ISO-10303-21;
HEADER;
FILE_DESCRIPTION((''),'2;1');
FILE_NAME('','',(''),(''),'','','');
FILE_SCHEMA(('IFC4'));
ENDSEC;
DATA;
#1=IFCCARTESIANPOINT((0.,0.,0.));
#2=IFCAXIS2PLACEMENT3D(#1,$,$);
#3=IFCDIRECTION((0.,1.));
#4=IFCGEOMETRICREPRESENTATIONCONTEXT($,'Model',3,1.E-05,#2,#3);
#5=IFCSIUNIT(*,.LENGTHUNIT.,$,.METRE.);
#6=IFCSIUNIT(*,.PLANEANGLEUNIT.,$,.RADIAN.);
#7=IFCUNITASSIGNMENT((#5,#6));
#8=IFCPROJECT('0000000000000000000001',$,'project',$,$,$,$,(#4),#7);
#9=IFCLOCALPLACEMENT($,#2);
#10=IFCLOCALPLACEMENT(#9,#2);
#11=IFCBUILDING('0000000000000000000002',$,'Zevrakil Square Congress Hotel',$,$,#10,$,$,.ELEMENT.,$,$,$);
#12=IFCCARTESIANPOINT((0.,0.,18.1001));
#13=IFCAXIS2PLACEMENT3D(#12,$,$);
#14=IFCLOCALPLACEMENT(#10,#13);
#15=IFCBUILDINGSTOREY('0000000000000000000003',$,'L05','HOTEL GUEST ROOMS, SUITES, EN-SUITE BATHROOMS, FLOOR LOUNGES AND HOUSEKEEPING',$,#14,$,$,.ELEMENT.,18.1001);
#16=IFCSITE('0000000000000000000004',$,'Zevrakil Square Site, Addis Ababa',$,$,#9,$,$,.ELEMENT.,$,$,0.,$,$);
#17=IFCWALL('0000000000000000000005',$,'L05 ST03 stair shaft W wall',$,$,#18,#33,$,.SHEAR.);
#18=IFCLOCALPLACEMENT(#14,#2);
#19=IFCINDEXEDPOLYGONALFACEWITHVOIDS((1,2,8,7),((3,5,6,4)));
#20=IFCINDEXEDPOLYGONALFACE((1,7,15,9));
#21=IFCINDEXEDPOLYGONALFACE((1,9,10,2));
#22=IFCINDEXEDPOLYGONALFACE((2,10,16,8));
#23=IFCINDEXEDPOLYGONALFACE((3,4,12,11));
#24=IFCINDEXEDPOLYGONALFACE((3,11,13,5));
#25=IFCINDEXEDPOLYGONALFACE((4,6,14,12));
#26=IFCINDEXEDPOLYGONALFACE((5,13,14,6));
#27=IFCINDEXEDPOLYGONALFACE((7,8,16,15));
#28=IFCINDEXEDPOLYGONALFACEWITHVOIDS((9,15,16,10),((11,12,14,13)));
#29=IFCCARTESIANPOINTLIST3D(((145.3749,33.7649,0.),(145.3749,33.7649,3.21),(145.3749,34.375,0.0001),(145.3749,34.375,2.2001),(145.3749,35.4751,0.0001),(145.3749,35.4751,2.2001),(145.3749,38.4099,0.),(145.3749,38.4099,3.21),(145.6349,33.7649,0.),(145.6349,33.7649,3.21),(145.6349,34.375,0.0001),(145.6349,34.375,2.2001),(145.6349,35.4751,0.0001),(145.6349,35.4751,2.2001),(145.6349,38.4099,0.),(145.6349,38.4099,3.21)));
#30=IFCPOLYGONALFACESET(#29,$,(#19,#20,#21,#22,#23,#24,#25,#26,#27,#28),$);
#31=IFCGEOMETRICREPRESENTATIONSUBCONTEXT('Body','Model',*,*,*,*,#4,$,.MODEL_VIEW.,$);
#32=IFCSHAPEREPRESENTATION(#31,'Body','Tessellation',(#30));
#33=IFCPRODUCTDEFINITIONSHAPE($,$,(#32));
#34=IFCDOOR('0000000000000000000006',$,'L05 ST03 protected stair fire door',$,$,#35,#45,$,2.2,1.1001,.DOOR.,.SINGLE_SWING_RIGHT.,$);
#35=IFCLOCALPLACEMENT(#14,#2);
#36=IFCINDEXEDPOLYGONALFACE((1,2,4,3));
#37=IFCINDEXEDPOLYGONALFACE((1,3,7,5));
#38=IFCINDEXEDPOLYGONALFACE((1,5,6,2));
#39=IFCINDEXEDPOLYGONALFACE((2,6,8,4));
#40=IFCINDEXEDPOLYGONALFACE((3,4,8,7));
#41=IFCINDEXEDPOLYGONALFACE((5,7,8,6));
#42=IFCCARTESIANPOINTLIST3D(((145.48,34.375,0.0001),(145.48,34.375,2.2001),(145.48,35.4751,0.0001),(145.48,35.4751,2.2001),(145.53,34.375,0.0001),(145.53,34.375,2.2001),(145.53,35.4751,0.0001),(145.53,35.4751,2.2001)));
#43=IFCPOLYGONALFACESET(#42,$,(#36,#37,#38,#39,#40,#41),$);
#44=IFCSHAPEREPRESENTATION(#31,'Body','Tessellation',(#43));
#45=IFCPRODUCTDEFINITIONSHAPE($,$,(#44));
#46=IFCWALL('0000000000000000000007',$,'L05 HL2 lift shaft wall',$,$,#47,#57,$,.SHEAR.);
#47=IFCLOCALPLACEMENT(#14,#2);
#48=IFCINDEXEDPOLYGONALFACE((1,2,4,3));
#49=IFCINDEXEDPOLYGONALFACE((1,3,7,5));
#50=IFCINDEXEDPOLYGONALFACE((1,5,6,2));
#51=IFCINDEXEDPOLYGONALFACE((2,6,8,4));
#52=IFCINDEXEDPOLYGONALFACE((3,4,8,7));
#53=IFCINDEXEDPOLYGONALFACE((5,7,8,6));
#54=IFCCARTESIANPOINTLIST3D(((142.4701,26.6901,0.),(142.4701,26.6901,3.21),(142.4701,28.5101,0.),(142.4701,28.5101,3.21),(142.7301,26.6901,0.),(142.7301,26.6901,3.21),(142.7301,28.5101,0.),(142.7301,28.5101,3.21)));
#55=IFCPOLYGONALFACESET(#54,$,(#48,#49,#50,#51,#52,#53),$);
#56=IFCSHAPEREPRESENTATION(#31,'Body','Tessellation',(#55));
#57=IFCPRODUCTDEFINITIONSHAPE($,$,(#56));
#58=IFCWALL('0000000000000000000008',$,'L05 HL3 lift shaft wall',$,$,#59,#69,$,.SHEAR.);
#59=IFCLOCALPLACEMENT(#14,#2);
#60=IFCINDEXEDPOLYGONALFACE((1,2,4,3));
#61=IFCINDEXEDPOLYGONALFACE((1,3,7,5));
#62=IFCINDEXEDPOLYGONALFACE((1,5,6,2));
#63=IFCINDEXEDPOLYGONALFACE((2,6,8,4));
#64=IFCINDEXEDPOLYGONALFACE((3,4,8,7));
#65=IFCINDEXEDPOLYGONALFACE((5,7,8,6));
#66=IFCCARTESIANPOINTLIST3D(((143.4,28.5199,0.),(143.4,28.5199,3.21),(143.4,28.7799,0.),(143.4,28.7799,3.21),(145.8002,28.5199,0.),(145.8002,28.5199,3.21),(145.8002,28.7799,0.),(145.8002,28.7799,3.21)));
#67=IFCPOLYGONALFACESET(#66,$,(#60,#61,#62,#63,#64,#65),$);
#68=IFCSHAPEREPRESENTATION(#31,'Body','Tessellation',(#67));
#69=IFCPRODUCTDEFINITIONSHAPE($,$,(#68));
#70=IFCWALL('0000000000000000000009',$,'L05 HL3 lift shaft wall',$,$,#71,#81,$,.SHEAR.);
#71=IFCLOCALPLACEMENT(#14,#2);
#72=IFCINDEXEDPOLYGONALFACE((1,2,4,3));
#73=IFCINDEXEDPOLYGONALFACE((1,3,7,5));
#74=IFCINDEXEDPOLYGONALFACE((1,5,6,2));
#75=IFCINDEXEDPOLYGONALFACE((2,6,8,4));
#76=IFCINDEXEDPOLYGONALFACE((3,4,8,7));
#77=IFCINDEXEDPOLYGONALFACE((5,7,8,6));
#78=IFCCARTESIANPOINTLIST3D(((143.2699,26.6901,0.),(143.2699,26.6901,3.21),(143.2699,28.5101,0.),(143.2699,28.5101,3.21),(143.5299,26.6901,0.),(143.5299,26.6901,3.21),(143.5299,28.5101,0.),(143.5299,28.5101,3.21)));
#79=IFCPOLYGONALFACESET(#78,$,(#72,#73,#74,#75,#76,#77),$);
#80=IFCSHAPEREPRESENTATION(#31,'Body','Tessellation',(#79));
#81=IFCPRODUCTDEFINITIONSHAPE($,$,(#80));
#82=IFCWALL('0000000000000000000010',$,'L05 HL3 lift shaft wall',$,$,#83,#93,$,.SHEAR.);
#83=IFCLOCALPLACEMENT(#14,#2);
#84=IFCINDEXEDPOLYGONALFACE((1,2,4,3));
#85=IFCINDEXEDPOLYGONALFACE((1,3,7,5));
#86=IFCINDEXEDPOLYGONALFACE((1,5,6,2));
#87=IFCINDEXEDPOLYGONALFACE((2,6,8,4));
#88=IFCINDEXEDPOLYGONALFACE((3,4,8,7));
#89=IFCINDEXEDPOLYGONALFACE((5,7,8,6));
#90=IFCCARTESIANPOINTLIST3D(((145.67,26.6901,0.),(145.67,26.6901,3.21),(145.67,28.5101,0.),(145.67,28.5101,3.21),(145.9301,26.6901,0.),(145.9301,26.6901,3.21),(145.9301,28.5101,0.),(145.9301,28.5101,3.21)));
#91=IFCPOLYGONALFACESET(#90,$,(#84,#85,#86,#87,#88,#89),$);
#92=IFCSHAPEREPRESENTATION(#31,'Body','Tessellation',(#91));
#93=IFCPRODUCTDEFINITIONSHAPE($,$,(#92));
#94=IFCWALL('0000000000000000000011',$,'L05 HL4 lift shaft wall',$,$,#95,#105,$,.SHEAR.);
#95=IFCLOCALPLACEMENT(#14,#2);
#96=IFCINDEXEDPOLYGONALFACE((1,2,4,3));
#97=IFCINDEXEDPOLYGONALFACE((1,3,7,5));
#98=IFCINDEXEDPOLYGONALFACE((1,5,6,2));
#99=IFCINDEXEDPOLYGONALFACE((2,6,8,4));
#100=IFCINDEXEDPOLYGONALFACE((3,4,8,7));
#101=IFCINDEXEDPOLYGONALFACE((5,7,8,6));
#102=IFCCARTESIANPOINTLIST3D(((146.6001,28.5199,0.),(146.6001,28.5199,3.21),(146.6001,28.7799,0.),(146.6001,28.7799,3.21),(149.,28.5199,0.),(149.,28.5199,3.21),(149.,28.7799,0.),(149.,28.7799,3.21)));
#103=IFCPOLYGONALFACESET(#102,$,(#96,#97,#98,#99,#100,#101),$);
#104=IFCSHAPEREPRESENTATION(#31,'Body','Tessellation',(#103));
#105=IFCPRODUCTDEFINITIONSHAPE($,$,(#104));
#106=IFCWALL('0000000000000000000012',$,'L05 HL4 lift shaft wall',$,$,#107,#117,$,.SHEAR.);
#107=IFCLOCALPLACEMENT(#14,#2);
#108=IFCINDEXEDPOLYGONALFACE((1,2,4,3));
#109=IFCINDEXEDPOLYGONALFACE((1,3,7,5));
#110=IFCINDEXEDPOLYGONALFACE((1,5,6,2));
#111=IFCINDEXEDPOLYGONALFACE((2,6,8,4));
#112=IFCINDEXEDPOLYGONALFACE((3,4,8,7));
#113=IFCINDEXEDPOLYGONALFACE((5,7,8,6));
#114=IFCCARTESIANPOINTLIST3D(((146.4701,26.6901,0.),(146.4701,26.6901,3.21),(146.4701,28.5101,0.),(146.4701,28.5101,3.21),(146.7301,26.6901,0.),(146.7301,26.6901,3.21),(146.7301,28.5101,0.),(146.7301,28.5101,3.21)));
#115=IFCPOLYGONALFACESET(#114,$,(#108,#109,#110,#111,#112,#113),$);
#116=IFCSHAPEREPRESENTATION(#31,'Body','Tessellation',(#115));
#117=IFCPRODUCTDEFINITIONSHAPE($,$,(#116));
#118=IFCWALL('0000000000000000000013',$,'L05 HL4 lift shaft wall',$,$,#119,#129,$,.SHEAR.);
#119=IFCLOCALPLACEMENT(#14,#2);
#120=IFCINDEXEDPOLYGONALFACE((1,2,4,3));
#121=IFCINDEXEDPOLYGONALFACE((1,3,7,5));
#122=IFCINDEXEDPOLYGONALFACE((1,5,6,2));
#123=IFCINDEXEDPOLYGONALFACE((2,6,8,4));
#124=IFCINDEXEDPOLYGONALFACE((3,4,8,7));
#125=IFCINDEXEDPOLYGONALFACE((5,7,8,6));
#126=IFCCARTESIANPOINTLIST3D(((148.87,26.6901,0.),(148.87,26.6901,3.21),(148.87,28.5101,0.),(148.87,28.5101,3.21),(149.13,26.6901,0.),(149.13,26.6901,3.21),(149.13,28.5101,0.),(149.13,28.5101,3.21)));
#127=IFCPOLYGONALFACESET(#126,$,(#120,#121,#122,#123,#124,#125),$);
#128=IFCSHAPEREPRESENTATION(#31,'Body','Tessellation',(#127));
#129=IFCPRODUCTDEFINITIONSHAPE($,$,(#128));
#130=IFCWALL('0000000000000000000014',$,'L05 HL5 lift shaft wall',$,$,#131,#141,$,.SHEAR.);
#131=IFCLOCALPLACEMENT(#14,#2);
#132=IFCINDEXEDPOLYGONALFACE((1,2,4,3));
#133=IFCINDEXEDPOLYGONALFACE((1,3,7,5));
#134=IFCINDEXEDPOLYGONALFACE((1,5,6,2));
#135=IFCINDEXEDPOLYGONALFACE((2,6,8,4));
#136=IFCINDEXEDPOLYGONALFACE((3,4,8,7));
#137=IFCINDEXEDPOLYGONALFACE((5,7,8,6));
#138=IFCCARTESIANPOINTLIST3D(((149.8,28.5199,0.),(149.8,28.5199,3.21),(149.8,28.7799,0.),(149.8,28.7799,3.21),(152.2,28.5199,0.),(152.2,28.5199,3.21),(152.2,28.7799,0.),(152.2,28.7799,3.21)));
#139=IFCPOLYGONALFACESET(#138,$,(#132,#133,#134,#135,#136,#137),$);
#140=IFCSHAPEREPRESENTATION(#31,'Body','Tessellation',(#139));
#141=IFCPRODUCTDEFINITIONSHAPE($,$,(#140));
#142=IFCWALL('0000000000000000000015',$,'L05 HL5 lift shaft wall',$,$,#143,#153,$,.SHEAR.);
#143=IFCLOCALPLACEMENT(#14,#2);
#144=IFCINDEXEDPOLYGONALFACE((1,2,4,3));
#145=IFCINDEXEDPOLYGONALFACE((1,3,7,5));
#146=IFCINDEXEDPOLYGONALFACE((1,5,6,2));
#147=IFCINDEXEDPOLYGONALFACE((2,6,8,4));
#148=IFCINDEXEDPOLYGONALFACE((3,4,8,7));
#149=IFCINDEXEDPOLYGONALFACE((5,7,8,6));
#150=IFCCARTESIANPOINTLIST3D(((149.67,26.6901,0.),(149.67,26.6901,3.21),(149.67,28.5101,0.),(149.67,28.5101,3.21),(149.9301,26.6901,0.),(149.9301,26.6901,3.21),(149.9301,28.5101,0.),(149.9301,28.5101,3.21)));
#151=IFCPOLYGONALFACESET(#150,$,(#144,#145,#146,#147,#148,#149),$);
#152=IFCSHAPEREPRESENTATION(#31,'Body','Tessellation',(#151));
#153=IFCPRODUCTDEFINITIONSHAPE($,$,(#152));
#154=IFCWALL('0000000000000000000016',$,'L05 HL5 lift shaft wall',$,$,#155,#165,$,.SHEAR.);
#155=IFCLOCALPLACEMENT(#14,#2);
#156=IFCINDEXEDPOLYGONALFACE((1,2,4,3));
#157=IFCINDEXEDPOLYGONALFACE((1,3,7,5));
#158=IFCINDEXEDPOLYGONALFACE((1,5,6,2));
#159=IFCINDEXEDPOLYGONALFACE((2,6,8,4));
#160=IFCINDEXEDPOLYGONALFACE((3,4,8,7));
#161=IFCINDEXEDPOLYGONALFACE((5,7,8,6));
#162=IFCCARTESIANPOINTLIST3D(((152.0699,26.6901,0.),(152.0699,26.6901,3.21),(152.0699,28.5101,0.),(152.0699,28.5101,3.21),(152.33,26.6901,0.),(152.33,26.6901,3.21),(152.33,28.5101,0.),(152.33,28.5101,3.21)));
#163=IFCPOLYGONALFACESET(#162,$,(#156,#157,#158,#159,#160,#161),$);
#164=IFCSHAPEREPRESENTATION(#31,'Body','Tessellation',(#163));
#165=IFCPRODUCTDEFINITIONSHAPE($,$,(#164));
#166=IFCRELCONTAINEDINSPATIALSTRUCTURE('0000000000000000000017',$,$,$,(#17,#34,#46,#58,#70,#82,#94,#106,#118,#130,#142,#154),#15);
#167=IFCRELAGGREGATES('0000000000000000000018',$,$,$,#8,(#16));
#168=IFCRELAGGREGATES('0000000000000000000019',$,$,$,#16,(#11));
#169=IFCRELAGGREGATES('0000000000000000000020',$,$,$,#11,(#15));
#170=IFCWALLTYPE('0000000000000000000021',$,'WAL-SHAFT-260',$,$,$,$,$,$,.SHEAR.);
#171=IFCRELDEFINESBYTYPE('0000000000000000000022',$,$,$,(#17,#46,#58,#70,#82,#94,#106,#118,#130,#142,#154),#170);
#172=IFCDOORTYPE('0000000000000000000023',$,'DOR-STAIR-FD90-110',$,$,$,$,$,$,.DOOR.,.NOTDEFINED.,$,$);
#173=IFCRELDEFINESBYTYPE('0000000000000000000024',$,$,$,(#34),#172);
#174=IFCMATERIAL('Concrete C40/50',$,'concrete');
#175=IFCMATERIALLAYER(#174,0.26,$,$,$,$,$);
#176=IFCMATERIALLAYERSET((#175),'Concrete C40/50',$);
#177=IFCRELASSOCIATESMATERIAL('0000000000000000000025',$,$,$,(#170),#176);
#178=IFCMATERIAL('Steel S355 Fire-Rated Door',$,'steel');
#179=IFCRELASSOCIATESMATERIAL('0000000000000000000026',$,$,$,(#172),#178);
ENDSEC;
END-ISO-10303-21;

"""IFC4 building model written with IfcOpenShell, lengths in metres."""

from ifc_helpers import new_model, si_unit, direction, frame, frame_2d, origin, place, context, subcontext, project, spatial, rectangle, extrude, material, layer, layer_set, type_object, element, fill, save


model = new_model("IFC4")

# Units and contexts
model_context = context("Model", 3, precision=1e-05, world=origin(), true_north=direction((0.0, 1.0)))
body_context = subcontext(model_context, "Body", "Model", "MODEL_VIEW")
ifc_project = project(units=[si_unit("LENGTHUNIT", "METRE"), si_unit("PLANEANGLEUNIT", "RADIAN")], contexts=[model_context])

# Site, building, storey
site_placement = place(None, origin())
site = spatial("IfcSite", under=ifc_project, at=site_placement, Name="Zevrakil Square Site, Addis Ababa", CompositionType="ELEMENT", RefElevation=0.0)
building_placement = place(site_placement, origin())
building = spatial("IfcBuilding", under=site, at=building_placement, Name="Zevrakil Square Congress Hotel", CompositionType="ELEMENT")
storey_placement = place(building_placement, frame((0.0, 0.0, 18.1001)))
storey = spatial("IfcBuildingStorey", under=building, at=storey_placement, Name="L05", Description="HOTEL GUEST ROOMS, SUITES, EN-SUITE BATHROOMS, FLOOR LOUNGES AND HOUSEKEEPING", CompositionType="ELEMENT", Elevation=18.1001)

# Shared definitions
ifc_material_1 = material(Name="Concrete C40/50", Category="concrete")
ifc_layer_1 = layer(ifc_material_1, 0.26)
ifc_layer_set_1 = layer_set([ifc_layer_1], Name="Concrete C40/50")
wall_type_1 = type_object("IfcWallType", Name="WAL-SHAFT-260", PredefinedType="SHEAR", material=ifc_layer_set_1)

# Wall, opening, door
wall_1_placement = place(storey_placement, frame((145.5049, 33.7649, 0.0), z_axis=(0.0, 0.0, 1.0), x_axis=(0.0, 1.0, 0.0)))
wall_1 = element("IfcWall", 1, at=wall_1_placement, inside=storey, type_object=wall_type_1, Name="L05 ST03 stair shaft W wall", PredefinedType="SHEAR", context=body_context, shape_type="SweptSolid", body=[
    extrude(rectangle(XDim=4.645, YDim=0.26, at=frame_2d((2.3225, 0.0))), origin(), (0.0, 0.0, 1.0), 3.21),
])
opening_placement = place(wall_1_placement, frame((0.6101, 0.0, 0.0)))
opening = element("IfcOpeningElement", 2, at=opening_placement, cuts=wall_1, PredefinedType="OPENING", context=body_context, shape_type="SweptSolid", body=[
    extrude(rectangle(XDim=1.1001, YDim=2.2, at=frame_2d((0.55, 1.1001))), frame((0.0, 0.1401, 0.0), z_axis=(0.0, -1.0, 0.0), x_axis=(1.0, 0.0, 0.0)), (0.0, 0.0, 1.0), 0.28),
])
ifc_material_2 = material(Name="Steel S355 Fire-Rated Door", Category="steel")
door_type = type_object("IfcDoorType", Name="DOR-STAIR-FD90-110", OperationType="NOTDEFINED", PredefinedType="DOOR", material=ifc_material_2)
door_placement = place(opening_placement, origin())
door = element("IfcDoor", 3, at=door_placement, inside=storey, type_object=door_type, Name="L05 ST03 protected stair fire door", OperationType="SINGLE_SWING_RIGHT", OverallHeight=2.2, OverallWidth=1.1001, PredefinedType="DOOR", context=body_context, shape_type="SweptSolid", body=[
    extrude(rectangle(XDim=1.1001, YDim=2.2, at=frame_2d((0.55, 1.1001))), frame((0.0, 0.0249, 0.0), z_axis=(0.0, -1.0, 0.0), x_axis=(1.0, 0.0, 0.0)), (0.0, 0.0, 1.0), 0.05),
])
fill(opening, door)

# Walls
wall_2_placement = place(storey_placement, frame((142.6001, 26.6899, 0.0), z_axis=(0.0, 0.0, 1.0), x_axis=(0.0, 1.0, 0.0)))
element("IfcWall", 4, at=wall_2_placement, inside=storey, type_object=wall_type_1, Name="L05 HL2 lift shaft wall", PredefinedType="SHEAR", context=body_context, shape_type="SweptSolid", body=[
    extrude(rectangle(XDim=1.8201, YDim=0.26, at=frame_2d((0.9102, 0.0))), origin(), (0.0, 0.0, 1.0), 3.21),
])
wall_3_placement = place(storey_placement, frame((143.3999, 28.6499, 0.0), z_axis=(0.0, 0.0, 1.0), x_axis=(1.0, 0.0, 0.0)))
element("IfcWall", 5, at=wall_3_placement, inside=storey, type_object=wall_type_1, Name="L05 HL3 lift shaft wall", PredefinedType="SHEAR", context=body_context, shape_type="SweptSolid", body=[
    extrude(rectangle(XDim=2.4001, YDim=0.26, at=frame_2d((1.2002, 0.0))), origin(), (0.0, 0.0, 1.0), 3.21),
])
for number, where, z_axis, x_axis, name in (
    (6, (143.3999, 26.6899, 0.0), (0.0, 0.0, 1.0), (0.0, 1.0, 0.0), "L05 HL3 lift shaft wall"),
    (7, (145.8, 26.6899, 0.0), (0.0, 0.0, 1.0), (0.0, 1.0, 0.0), "L05 HL3 lift shaft wall"),
):
    element("IfcWall", number, at=place(storey_placement, frame(where, z_axis=z_axis, x_axis=x_axis)), inside=storey, type_object=wall_type_1, Name=name, PredefinedType="SHEAR", context=body_context, shape_type="SweptSolid", body=[
        extrude(rectangle(XDim=1.8201, YDim=0.26, at=frame_2d((0.9102, 0.0))), origin(), (0.0, 0.0, 1.0), 3.21),
    ])
wall_4_placement = place(storey_placement, frame((146.6001, 28.6499, 0.0), z_axis=(0.0, 0.0, 1.0), x_axis=(1.0, 0.0, 0.0)))
element("IfcWall", 8, at=wall_4_placement, inside=storey, type_object=wall_type_1, Name="L05 HL4 lift shaft wall", PredefinedType="SHEAR", context=body_context, shape_type="SweptSolid", body=[
    extrude(rectangle(XDim=2.3999, YDim=0.26, at=frame_2d((1.2, 0.0))), origin(), (0.0, 0.0, 1.0), 3.21),
])
for number, where, z_axis, x_axis, name in (
    (9, (146.6001, 26.6899, 0.0), (0.0, 0.0, 1.0), (0.0, 1.0, 0.0), "L05 HL4 lift shaft wall"),
    (10, (149.0, 26.6899, 0.0), (0.0, 0.0, 1.0), (0.0, 1.0, 0.0), "L05 HL4 lift shaft wall"),
):
    element("IfcWall", number, at=place(storey_placement, frame(where, z_axis=z_axis, x_axis=x_axis)), inside=storey, type_object=wall_type_1, Name=name, PredefinedType="SHEAR", context=body_context, shape_type="SweptSolid", body=[
        extrude(rectangle(XDim=1.8201, YDim=0.26, at=frame_2d((0.9102, 0.0))), origin(), (0.0, 0.0, 1.0), 3.21),
    ])
wall_5_placement = place(storey_placement, frame((149.8, 28.6499, 0.0), z_axis=(0.0, 0.0, 1.0), x_axis=(1.0, 0.0, 0.0)))
element("IfcWall", 11, at=wall_5_placement, inside=storey, type_object=wall_type_1, Name="L05 HL5 lift shaft wall", PredefinedType="SHEAR", context=body_context, shape_type="SweptSolid", body=[
    extrude(rectangle(XDim=2.3999, YDim=0.26, at=frame_2d((1.2, 0.0))), origin(), (0.0, 0.0, 1.0), 3.21),
])
for number, where, z_axis, x_axis, name in (
    (12, (149.8, 26.6899, 0.0), (0.0, 0.0, 1.0), (0.0, 1.0, 0.0), "L05 HL5 lift shaft wall"),
    (13, (152.2, 26.6899, 0.0), (0.0, 0.0, 1.0), (0.0, 1.0, 0.0), "L05 HL5 lift shaft wall"),
):
    element("IfcWall", number, at=place(storey_placement, frame(where, z_axis=z_axis, x_axis=x_axis)), inside=storey, type_object=wall_type_1, Name=name, PredefinedType="SHEAR", context=body_context, shape_type="SweptSolid", body=[
        extrude(rectangle(XDim=1.8201, YDim=0.26, at=frame_2d((0.9102, 0.0))), origin(), (0.0, 0.0, 1.0), 3.21),
    ])

save(model, "model.ifc")
